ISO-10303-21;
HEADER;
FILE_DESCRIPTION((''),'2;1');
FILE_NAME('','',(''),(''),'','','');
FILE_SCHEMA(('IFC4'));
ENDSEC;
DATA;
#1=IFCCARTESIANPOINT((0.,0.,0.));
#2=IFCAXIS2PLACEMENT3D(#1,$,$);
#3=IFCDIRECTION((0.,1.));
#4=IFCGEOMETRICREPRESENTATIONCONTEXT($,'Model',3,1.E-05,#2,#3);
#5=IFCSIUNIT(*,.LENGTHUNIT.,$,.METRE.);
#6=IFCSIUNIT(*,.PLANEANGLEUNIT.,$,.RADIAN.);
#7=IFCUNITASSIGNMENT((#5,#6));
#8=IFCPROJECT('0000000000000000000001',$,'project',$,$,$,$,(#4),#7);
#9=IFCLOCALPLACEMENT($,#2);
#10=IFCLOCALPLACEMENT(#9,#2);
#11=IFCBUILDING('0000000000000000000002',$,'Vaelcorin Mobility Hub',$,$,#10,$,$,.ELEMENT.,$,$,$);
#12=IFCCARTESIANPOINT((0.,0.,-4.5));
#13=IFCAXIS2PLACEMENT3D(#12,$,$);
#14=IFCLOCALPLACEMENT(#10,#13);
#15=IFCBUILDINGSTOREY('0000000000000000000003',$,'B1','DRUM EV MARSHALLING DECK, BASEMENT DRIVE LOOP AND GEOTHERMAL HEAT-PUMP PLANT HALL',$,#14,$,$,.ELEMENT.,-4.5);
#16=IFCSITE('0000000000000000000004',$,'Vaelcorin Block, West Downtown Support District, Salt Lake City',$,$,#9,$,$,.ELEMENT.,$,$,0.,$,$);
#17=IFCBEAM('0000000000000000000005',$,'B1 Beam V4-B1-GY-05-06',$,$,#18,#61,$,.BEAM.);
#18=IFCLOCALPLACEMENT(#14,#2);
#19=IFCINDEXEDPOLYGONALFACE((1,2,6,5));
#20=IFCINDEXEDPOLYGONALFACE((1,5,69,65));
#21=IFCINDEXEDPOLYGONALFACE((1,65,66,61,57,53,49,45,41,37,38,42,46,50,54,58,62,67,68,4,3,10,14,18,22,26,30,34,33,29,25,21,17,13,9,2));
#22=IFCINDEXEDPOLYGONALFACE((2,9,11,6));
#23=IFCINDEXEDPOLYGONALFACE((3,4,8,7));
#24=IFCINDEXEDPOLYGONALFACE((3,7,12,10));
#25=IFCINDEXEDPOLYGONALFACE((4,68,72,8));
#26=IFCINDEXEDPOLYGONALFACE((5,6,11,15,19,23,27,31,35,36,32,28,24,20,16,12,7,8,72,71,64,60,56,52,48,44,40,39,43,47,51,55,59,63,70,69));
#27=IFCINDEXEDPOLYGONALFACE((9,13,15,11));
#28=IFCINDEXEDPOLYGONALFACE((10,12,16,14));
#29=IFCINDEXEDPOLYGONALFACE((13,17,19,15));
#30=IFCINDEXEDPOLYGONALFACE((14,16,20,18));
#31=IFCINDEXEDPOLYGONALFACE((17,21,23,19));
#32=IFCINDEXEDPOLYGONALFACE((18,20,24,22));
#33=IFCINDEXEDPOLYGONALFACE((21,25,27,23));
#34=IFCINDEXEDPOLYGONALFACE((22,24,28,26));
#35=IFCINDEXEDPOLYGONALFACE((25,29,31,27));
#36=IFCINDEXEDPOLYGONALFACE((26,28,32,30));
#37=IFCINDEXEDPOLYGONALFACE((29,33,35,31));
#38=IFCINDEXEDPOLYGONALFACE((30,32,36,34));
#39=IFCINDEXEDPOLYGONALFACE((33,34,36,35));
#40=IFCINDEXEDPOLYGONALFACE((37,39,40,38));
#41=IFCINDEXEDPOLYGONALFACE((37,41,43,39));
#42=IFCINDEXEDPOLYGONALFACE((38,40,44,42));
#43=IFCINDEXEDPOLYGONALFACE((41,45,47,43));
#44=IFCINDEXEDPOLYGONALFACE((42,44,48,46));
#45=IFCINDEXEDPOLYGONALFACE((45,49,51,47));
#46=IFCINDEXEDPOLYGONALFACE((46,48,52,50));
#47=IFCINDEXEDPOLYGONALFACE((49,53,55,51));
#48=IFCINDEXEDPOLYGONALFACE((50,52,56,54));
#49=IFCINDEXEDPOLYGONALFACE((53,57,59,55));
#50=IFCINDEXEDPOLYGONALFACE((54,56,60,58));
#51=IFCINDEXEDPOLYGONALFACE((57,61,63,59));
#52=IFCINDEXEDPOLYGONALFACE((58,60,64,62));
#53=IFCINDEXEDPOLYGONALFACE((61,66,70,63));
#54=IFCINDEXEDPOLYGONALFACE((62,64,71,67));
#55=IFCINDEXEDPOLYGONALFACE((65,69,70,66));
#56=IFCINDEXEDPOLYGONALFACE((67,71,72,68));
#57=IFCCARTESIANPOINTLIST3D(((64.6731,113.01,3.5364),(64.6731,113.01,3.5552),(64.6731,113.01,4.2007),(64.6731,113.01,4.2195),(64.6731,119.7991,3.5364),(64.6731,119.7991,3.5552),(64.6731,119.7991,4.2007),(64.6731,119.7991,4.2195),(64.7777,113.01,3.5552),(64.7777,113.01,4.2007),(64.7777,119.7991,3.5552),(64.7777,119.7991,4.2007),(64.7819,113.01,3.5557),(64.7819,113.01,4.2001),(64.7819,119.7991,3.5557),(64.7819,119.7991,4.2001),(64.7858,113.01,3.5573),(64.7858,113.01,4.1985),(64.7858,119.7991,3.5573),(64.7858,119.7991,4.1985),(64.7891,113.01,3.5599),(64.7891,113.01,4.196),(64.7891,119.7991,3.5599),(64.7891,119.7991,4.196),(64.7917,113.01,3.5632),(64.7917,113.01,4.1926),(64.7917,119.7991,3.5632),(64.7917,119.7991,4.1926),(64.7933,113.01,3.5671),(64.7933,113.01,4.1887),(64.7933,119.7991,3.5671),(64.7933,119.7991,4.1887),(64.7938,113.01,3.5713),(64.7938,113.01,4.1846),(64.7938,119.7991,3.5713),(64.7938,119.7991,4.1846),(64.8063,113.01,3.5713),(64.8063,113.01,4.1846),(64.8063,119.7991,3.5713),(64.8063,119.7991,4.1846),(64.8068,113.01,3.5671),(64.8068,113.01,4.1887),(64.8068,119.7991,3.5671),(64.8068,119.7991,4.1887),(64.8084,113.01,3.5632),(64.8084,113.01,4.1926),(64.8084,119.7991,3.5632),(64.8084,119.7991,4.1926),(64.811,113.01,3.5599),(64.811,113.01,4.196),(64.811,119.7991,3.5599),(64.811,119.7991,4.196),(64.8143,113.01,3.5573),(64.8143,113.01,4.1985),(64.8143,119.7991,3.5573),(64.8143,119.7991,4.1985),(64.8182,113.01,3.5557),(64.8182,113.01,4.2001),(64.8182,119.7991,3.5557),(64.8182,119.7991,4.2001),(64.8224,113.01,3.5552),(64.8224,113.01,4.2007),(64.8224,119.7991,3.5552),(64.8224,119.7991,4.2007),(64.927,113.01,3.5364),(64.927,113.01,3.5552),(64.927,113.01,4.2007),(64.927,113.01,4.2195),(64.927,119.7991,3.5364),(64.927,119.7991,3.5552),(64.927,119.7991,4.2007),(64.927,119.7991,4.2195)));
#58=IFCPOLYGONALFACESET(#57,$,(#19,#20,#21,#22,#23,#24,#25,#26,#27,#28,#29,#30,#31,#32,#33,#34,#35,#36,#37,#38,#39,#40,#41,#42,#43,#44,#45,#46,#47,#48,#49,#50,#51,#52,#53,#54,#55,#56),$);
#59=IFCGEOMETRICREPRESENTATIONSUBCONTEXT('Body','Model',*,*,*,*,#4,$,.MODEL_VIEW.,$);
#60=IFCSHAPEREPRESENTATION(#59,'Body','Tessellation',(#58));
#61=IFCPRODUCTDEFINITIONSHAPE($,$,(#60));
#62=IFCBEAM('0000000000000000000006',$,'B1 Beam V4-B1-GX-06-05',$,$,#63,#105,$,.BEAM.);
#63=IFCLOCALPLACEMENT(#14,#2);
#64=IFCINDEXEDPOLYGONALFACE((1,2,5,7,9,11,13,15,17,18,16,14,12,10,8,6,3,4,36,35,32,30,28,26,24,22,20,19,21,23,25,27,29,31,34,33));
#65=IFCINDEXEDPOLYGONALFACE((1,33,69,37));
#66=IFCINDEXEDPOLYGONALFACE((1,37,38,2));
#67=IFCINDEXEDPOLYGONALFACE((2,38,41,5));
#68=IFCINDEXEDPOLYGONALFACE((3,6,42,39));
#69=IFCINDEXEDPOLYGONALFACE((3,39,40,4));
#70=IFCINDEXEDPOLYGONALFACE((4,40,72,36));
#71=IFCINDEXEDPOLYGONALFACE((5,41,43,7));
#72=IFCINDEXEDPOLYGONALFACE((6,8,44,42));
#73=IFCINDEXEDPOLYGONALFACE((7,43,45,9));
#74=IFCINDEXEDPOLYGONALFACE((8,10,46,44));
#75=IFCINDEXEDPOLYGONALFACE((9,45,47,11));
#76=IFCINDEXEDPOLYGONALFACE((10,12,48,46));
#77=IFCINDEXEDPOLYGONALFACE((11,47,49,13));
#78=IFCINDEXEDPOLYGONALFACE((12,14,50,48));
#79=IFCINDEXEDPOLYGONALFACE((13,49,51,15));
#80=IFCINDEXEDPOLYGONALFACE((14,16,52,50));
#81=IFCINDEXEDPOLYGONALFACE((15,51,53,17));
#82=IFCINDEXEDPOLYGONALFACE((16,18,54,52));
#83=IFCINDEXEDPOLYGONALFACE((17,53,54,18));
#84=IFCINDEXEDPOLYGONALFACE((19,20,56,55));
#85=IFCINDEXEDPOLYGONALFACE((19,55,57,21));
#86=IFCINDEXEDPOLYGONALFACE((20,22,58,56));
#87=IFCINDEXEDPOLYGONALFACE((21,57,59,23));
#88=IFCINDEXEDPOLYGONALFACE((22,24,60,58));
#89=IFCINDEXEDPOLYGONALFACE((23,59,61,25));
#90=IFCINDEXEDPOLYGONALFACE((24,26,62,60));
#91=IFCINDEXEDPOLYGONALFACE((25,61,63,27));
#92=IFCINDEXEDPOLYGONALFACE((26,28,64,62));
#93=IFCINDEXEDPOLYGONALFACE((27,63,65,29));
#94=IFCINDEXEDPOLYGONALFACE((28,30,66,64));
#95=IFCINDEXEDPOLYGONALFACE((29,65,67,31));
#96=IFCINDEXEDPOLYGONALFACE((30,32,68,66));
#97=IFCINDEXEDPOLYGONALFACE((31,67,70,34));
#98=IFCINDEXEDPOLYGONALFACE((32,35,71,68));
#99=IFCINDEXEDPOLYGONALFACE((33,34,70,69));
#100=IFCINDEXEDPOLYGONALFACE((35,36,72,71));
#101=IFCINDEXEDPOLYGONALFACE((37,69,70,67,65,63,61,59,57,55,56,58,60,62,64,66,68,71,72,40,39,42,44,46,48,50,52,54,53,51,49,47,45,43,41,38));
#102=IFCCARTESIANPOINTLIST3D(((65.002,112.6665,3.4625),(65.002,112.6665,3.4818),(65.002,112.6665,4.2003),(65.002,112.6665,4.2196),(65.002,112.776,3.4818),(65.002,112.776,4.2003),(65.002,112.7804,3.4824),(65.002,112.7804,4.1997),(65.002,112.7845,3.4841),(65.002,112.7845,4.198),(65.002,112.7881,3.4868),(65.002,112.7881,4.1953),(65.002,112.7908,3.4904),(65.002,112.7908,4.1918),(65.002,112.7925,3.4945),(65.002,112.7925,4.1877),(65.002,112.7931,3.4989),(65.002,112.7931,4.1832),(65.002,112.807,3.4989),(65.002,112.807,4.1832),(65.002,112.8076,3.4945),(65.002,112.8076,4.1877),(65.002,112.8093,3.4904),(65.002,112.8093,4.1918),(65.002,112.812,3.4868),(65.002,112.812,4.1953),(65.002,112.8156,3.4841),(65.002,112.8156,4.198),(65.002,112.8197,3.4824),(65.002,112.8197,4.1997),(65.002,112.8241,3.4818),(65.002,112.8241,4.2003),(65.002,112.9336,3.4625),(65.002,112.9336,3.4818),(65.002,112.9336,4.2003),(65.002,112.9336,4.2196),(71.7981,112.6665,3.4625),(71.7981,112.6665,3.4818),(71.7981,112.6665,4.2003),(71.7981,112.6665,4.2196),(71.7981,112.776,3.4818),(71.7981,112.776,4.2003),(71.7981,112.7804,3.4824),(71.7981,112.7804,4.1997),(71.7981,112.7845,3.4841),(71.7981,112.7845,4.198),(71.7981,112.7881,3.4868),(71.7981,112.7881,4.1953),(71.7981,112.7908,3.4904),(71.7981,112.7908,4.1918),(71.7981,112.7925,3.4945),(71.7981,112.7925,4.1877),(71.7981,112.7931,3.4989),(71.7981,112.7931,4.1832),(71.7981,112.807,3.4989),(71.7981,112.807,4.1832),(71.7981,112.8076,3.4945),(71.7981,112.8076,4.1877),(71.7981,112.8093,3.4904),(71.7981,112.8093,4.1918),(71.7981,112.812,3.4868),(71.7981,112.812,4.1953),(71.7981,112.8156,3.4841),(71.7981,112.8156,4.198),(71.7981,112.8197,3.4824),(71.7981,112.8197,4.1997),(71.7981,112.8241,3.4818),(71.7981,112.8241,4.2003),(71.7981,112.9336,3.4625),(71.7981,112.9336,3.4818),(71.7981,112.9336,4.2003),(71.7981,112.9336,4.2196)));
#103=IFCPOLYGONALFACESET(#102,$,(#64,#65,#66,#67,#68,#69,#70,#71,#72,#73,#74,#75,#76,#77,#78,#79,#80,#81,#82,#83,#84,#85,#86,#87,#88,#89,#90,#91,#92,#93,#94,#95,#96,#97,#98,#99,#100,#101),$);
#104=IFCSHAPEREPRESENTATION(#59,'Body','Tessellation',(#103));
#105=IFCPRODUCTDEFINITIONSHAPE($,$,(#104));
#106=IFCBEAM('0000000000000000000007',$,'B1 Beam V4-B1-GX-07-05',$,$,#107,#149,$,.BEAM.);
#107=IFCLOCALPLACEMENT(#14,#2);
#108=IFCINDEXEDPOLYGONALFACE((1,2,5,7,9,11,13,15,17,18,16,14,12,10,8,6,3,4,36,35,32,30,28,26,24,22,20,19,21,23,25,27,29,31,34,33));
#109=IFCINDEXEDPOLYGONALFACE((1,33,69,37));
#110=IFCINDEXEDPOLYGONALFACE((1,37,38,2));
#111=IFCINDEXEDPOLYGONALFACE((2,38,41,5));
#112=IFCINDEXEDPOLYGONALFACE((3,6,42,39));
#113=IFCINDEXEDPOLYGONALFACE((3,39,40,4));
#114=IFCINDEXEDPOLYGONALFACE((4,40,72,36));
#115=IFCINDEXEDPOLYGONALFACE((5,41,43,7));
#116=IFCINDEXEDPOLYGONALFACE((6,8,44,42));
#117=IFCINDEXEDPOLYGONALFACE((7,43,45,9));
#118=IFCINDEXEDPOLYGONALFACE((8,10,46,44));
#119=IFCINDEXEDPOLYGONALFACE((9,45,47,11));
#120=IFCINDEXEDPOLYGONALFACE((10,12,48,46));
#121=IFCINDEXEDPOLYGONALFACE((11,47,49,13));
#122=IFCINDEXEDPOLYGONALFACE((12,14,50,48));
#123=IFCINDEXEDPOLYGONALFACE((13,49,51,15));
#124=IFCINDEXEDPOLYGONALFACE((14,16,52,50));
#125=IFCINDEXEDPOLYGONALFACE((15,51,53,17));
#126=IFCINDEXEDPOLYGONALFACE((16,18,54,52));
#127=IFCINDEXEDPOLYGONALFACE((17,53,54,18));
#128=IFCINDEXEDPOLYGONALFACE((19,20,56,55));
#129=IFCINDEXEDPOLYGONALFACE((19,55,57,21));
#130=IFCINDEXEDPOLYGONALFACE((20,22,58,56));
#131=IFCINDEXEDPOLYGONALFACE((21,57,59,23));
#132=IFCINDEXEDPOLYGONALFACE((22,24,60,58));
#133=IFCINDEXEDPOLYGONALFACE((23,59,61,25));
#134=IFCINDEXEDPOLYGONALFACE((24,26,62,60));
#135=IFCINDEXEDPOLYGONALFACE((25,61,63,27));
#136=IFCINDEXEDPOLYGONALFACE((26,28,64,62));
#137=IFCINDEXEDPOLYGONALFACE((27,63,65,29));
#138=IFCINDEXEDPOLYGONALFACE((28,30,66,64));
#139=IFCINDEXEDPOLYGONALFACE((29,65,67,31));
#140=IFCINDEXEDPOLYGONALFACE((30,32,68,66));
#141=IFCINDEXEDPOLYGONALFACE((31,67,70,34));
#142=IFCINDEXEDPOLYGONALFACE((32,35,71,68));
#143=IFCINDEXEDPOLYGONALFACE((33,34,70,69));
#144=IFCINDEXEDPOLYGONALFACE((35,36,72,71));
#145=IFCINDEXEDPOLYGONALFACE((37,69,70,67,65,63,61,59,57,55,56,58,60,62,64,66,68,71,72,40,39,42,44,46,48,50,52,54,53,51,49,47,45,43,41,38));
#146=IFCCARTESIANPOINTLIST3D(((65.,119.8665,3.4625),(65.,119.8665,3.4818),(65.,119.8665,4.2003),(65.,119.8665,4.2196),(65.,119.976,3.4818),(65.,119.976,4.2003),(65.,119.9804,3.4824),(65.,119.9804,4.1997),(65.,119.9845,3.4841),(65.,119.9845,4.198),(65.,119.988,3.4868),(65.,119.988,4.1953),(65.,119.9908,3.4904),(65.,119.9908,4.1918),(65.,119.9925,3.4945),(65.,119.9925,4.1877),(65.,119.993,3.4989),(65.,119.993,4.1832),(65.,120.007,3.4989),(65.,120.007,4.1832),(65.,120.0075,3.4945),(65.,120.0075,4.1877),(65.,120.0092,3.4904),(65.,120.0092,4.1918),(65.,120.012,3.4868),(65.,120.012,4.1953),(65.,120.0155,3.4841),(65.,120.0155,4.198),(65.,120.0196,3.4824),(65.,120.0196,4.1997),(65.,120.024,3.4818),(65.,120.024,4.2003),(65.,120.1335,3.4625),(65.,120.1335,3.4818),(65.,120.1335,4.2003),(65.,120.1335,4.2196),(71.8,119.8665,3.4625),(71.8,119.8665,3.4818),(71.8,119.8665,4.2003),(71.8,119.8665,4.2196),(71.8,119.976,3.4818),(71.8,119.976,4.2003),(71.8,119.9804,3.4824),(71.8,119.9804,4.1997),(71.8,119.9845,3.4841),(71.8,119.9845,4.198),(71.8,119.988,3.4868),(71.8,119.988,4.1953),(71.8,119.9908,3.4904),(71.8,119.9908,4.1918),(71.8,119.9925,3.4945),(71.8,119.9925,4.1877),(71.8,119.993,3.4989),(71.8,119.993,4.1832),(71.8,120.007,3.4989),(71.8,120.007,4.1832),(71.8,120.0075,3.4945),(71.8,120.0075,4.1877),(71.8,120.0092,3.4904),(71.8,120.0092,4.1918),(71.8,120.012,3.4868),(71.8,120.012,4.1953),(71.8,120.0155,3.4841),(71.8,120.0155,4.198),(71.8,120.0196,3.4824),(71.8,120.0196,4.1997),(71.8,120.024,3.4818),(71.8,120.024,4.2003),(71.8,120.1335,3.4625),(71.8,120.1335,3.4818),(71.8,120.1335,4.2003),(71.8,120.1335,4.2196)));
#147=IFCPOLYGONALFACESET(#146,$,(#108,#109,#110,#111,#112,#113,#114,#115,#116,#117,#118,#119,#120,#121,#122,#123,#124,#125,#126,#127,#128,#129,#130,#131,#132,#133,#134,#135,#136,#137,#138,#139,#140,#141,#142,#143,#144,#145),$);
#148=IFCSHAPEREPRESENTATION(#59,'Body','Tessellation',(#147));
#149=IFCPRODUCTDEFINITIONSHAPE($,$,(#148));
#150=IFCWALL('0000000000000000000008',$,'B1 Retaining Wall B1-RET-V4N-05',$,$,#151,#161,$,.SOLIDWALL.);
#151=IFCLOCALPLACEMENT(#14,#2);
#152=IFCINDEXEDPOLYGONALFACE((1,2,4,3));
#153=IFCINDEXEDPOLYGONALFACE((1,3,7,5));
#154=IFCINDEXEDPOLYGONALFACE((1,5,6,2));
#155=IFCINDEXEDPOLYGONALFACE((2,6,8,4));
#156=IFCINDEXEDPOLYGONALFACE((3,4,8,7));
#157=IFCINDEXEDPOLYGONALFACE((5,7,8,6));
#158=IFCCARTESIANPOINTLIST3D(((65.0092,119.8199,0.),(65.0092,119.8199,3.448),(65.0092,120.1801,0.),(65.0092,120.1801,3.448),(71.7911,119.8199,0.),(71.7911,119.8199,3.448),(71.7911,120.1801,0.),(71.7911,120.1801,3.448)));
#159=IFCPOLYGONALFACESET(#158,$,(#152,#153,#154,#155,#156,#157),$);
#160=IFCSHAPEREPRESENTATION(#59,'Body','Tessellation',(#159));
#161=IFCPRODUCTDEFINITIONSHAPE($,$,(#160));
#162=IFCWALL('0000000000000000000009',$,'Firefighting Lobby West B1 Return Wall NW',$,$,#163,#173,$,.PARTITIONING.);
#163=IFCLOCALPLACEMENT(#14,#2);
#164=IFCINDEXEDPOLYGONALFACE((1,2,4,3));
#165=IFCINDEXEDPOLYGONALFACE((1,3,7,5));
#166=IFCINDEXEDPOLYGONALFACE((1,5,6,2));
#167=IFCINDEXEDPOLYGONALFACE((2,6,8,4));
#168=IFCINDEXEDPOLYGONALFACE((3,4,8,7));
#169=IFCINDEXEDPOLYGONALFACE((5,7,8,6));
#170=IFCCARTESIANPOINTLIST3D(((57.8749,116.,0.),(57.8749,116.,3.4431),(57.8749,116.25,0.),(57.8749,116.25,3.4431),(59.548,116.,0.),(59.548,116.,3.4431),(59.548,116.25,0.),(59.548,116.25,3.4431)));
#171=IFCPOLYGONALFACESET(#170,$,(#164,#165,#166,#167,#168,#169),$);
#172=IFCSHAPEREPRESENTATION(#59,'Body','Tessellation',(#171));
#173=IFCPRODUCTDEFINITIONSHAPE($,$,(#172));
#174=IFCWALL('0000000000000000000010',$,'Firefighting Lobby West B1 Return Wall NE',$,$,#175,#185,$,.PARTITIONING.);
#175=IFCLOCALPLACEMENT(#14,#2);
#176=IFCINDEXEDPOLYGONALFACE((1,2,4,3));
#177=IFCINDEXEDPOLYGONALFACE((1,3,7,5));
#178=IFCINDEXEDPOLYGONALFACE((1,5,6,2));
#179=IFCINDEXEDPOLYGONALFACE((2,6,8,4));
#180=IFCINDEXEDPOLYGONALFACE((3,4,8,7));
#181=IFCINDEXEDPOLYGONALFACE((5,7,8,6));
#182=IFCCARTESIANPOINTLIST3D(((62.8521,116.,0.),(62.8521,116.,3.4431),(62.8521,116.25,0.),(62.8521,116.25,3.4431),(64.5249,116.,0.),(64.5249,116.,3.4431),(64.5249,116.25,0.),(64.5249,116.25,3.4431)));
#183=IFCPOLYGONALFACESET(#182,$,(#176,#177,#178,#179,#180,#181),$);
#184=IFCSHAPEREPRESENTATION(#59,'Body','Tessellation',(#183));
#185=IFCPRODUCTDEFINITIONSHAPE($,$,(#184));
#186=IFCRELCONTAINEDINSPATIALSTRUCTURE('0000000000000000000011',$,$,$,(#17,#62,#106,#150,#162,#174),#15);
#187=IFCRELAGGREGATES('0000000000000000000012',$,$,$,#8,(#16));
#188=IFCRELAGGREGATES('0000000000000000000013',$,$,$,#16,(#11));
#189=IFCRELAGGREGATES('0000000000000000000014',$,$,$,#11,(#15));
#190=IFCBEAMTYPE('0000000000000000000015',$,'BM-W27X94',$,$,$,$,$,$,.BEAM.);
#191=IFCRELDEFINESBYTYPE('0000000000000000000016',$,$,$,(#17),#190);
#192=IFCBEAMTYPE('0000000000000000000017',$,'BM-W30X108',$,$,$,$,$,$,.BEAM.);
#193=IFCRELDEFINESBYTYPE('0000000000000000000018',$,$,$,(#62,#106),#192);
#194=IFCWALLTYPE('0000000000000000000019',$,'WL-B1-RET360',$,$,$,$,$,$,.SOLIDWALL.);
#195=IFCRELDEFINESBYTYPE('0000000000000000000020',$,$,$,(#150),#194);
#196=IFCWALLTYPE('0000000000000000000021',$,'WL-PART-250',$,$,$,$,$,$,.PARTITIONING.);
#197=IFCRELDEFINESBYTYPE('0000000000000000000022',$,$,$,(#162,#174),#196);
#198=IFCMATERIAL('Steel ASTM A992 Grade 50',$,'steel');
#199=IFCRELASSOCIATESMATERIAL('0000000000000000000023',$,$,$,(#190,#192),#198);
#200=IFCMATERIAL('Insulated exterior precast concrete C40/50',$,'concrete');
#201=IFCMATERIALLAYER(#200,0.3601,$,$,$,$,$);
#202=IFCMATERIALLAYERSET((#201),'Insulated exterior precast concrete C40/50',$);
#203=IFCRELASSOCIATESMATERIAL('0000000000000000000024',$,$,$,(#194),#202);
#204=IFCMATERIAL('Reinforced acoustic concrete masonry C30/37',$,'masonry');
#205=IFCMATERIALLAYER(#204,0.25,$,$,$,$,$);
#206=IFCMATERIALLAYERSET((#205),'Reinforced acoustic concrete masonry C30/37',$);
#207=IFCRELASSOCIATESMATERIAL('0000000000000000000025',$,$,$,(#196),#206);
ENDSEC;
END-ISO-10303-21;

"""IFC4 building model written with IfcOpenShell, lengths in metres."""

from ifc_helpers import new_model, si_unit, direction, frame, frame_2d, origin, origin_2d, place, context, subcontext, project, spatial, rectangle, i_section, extrude, material, layer, layer_set, material_profile, profile_set, type_object, element, save


model = new_model("IFC4")

# Units and contexts
model_context = context("Model", 3, precision=1e-05, world=origin(), true_north=direction((0.0, 1.0)))
body_context = subcontext(model_context, "Body", "Model", "MODEL_VIEW")
ifc_project = project(units=[si_unit("LENGTHUNIT", "METRE"), si_unit("PLANEANGLEUNIT", "RADIAN")], contexts=[model_context])

# Site, building, storey
site_placement = place(None, origin())
site = spatial("IfcSite", under=ifc_project, at=site_placement, Name="Vaelcorin Block, West Downtown Support District, Salt Lake City", CompositionType="ELEMENT", RefElevation=0.0)
building_placement = place(site_placement, origin())
building = spatial("IfcBuilding", under=site, at=building_placement, Name="Vaelcorin Mobility Hub", CompositionType="ELEMENT")
storey_placement = place(building_placement, frame((0.0, 0.0, -4.5)))
storey = spatial("IfcBuildingStorey", under=building, at=storey_placement, Name="B1", Description="DRUM EV MARSHALLING DECK, BASEMENT DRIVE LOOP AND GEOTHERMAL HEAT-PUMP PLANT HALL", CompositionType="ELEMENT", Elevation=-4.5)

# Shared definitions
ifc_material_1 = material(Name="Steel ASTM A992 Grade 50", Category="steel")

# Beams
ifc_material_profile_1 = material_profile(ifc_material_1, i_section(OverallWidth=0.2539, OverallDepth=0.6831, WebThickness=0.0125, FlangeThickness=0.0188, FilletRadius=0.0161, at=origin_2d()), Name="W27X94")
ifc_profile_set_1 = profile_set([ifc_material_profile_1], Name="Steel ASTM A992 Grade 50")
beam_type_1 = type_object("IfcBeamType", Name="BM-W27X94", PredefinedType="BEAM", material=ifc_profile_set_1)
beam_1_placement = place(storey_placement, frame((64.8, 113.01, 3.8779), z_axis=(0.0, 1.0, 0.0), x_axis=(-1.0, 0.0, 0.0)))
element("IfcBeam", 1, at=beam_1_placement, inside=storey, type_object=beam_type_1, Name="B1 Beam V4-B1-GY-05-06", PredefinedType="BEAM", context=body_context, shape_type="SweptSolid", body=[
    extrude(i_section(OverallWidth=0.2539, OverallDepth=0.6831, WebThickness=0.0125, FlangeThickness=0.0188, FilletRadius=0.0161, at=origin_2d()), origin(), (0.0, 0.0, 1.0), 6.7891),
])
ifc_material_profile_2 = material_profile(ifc_material_1, i_section(OverallWidth=0.2671, OverallDepth=0.7571, WebThickness=0.0139, FlangeThickness=0.0193, FilletRadius=0.0171, at=origin_2d()), Name="W30X108")
ifc_profile_set_2 = profile_set([ifc_material_profile_2], Name="Steel ASTM A992 Grade 50")
beam_type_2 = type_object("IfcBeamType", Name="BM-W30X108", PredefinedType="BEAM", material=ifc_profile_set_2)
beam_2_placement = place(storey_placement, frame((65.002, 112.8, 3.8411), z_axis=(1.0, 0.0, 0.0), x_axis=(0.0, 1.0, 0.0)))
element("IfcBeam", 2, at=beam_2_placement, inside=storey, type_object=beam_type_2, Name="B1 Beam V4-B1-GX-06-05", PredefinedType="BEAM", context=body_context, shape_type="SweptSolid", body=[
    extrude(i_section(OverallWidth=0.2671, OverallDepth=0.7571, WebThickness=0.0139, FlangeThickness=0.0193, FilletRadius=0.0171, at=origin_2d()), origin(), (0.0, 0.0, 1.0), 6.7961),
])
beam_3_placement = place(storey_placement, frame((65.0, 120.0, 3.8411), z_axis=(1.0, 0.0, 0.0), x_axis=(0.0, 1.0, 0.0)))
element("IfcBeam", 3, at=beam_3_placement, inside=storey, type_object=beam_type_2, Name="B1 Beam V4-B1-GX-07-05", PredefinedType="BEAM", context=body_context, shape_type="SweptSolid", body=[
    extrude(i_section(OverallWidth=0.2671, OverallDepth=0.7571, WebThickness=0.0139, FlangeThickness=0.0193, FilletRadius=0.0171, at=origin_2d()), origin(), (0.0, 0.0, 1.0), 6.8),
])

# Walls
ifc_material_2 = material(Name="Insulated exterior precast concrete C40/50", Category="concrete")
ifc_layer_1 = layer(ifc_material_2, 0.3601)
ifc_layer_set_1 = layer_set([ifc_layer_1], Name="Insulated exterior precast concrete C40/50")
wall_type_1 = type_object("IfcWallType", Name="WL-B1-RET360", PredefinedType="SOLIDWALL", material=ifc_layer_set_1)
wall_1_placement = place(storey_placement, frame((65.009, 120.0, 0.0), z_axis=(0.0, 0.0, 1.0), x_axis=(1.0, 0.0, 0.0)))
element("IfcWall", 4, at=wall_1_placement, inside=storey, type_object=wall_type_1, Name="B1 Retaining Wall B1-RET-V4N-05", PredefinedType="SOLIDWALL", context=body_context, shape_type="SweptSolid", body=[
    extrude(rectangle(XDim=6.782, YDim=0.3601, at=frame_2d((3.3911, 0.0))), origin(), (0.0, 0.0, 1.0), 3.448),
])
ifc_material_3 = material(Name="Reinforced acoustic concrete masonry C30/37", Category="masonry")
ifc_layer_2 = layer(ifc_material_3, 0.25)
ifc_layer_set_2 = layer_set([ifc_layer_2], Name="Reinforced acoustic concrete masonry C30/37")
wall_type_2 = type_object("IfcWallType", Name="WL-PART-250", PredefinedType="PARTITIONING", material=ifc_layer_set_2)
wall_2_placement = place(storey_placement, frame((57.875, 116.125, 0.0), z_axis=(0.0, 0.0, 1.0), x_axis=(1.0, 0.0, 0.0)))
element("IfcWall", 5, at=wall_2_placement, inside=storey, type_object=wall_type_2, Name="Firefighting Lobby West B1 Return Wall NW", PredefinedType="PARTITIONING", context=body_context, shape_type="SweptSolid", body=[
    extrude(rectangle(XDim=1.6731, YDim=0.25, at=frame_2d((0.8364, 0.0))), origin(), (0.0, 0.0, 1.0), 3.4431),
])
wall_3_placement = place(storey_placement, frame((62.8521, 116.125, 0.0), z_axis=(0.0, 0.0, 1.0), x_axis=(1.0, 0.0, 0.0)))
element("IfcWall", 6, at=wall_3_placement, inside=storey, type_object=wall_type_2, Name="Firefighting Lobby West B1 Return Wall NE", PredefinedType="PARTITIONING", context=body_context, shape_type="SweptSolid", body=[
    extrude(rectangle(XDim=1.6729, YDim=0.25, at=frame_2d((0.8364, 0.0))), origin(), (0.0, 0.0, 1.0), 3.4431),
])

save(model, "model.ifc")
